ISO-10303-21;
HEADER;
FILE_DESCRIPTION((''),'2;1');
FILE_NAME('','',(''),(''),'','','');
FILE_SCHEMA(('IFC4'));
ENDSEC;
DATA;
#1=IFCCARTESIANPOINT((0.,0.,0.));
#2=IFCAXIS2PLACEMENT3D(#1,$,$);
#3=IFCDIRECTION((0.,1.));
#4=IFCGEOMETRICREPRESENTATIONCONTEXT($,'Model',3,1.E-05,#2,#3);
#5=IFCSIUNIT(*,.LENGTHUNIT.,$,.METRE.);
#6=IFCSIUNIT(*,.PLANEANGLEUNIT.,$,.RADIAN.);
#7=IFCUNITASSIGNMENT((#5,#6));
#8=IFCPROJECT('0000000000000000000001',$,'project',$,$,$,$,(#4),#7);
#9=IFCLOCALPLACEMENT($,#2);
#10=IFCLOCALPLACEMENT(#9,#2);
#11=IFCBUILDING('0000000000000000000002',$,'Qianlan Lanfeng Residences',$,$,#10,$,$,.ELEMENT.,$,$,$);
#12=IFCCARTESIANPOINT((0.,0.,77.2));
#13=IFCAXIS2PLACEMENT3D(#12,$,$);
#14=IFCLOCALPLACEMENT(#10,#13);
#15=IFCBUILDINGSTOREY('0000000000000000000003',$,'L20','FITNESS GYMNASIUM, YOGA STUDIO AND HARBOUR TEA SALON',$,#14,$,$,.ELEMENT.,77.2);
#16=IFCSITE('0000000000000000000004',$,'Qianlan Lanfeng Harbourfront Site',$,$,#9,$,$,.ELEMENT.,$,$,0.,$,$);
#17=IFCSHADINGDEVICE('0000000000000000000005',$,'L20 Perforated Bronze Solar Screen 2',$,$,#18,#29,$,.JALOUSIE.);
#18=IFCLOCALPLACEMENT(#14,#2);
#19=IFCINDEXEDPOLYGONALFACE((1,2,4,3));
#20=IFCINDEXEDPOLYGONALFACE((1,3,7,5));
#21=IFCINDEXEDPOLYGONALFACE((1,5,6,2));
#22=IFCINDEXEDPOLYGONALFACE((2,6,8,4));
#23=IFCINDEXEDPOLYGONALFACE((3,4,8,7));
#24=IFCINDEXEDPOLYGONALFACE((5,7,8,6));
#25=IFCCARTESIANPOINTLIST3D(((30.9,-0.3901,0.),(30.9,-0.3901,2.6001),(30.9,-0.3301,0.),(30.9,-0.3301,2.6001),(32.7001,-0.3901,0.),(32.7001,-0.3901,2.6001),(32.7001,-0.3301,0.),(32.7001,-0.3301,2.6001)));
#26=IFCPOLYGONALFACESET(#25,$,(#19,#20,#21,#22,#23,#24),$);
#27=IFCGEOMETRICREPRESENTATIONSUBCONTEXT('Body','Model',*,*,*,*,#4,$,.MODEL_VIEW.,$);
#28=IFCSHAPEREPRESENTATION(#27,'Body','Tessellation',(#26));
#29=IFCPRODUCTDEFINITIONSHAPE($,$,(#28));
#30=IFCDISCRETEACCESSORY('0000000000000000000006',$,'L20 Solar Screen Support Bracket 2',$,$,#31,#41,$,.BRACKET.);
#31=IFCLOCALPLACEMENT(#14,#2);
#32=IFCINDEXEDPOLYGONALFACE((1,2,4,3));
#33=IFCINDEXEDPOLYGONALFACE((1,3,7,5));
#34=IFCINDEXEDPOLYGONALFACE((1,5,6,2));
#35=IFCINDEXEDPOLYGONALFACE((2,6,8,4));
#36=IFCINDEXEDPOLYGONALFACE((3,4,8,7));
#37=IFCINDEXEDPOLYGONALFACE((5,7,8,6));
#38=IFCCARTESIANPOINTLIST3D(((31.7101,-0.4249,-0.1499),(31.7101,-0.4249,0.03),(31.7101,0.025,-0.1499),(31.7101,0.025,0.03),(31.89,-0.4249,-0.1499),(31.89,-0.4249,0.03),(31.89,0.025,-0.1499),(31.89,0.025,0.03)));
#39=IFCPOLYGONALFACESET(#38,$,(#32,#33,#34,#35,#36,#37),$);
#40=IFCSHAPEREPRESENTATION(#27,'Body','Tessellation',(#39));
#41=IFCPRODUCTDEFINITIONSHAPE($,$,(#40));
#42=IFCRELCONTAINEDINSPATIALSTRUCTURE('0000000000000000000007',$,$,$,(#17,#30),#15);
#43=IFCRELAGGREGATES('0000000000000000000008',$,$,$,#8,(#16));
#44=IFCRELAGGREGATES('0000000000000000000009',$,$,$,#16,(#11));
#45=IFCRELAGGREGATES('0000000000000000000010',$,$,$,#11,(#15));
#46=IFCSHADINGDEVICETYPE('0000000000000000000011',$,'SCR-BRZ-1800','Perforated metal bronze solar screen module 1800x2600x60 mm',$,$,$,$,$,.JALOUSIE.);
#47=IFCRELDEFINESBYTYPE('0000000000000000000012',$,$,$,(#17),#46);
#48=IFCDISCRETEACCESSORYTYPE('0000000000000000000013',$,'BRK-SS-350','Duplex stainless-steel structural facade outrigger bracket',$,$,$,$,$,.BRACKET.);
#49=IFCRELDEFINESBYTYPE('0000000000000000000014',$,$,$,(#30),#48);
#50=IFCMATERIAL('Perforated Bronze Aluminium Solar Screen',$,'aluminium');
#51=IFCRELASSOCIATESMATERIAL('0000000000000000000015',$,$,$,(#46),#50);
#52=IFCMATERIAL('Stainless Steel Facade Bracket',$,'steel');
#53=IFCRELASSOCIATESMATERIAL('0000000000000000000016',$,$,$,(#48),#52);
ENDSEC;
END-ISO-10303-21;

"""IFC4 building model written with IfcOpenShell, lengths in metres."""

from ifc_helpers import new_model, si_unit, direction, frame, origin, origin_2d, place, context, subcontext, project, spatial, rectangle, extrude, source, transform, mapped, material, type_object, element, save


model = new_model("IFC4")

# Units and contexts
model_context = context("Model", 3, precision=1e-05, world=origin(), true_north=direction((0.0, 1.0)))
body_context = subcontext(model_context, "Body", "Model", "MODEL_VIEW")
ifc_project = project(units=[si_unit("LENGTHUNIT", "METRE"), si_unit("PLANEANGLEUNIT", "RADIAN")], contexts=[model_context])

# Site, building, storey
site_placement = place(None, origin())
site = spatial("IfcSite", under=ifc_project, at=site_placement, Name="Qianlan Lanfeng Harbourfront Site", CompositionType="ELEMENT", RefElevation=0.0)
building_placement = place(site_placement, origin())
building = spatial("IfcBuilding", under=site, at=building_placement, Name="Qianlan Lanfeng Residences", CompositionType="ELEMENT")
storey_placement = place(building_placement, frame((0.0, 0.0, 77.2)))
storey = spatial("IfcBuildingStorey", under=building, at=storey_placement, Name="L20", Description="FITNESS GYMNASIUM, YOGA STUDIO AND HARBOUR TEA SALON", CompositionType="ELEMENT", Elevation=77.2)

# Shading device
ifc_material_1 = material(Name="Perforated Bronze Aluminium Solar Screen", Category="aluminium")
shading_device_type = type_object("IfcShadingDeviceType", Name="SCR-BRZ-1800", Description="Perforated metal bronze solar screen module 1800x2600x60 mm", PredefinedType="JALOUSIE", material=ifc_material_1)
shared_shape_1 = source(origin(), body_context, "Body", "SweptSolid", [
    extrude(rectangle(XDim=1.8, YDim=0.0601, at=origin_2d()), origin(), (0.0, 0.0, 1.0), 2.6001),
])
shading_device_placement = place(storey_placement, frame((31.8, -0.3601, 0.0), z_axis=(0.0, 0.0, 1.0), x_axis=(1.0, 0.0, 0.0)))
element("IfcShadingDevice", 1, at=shading_device_placement, inside=storey, type_object=shading_device_type, Name="L20 Perforated Bronze Solar Screen 2", PredefinedType="JALOUSIE", context=body_context, shape_type="MappedRepresentation", body=[
    mapped(shared_shape_1, transform((0.0, 0.0, 0.0), scale=1.0)),
])

# Discrete accessory
ifc_material_2 = material(Name="Stainless Steel Facade Bracket", Category="steel")
discrete_accessory_type = type_object("IfcDiscreteAccessoryType", Name="BRK-SS-350", Description="Duplex stainless-steel structural facade outrigger bracket", PredefinedType="BRACKET", material=ifc_material_2)
shared_shape_2 = source(origin(), body_context, "Body", "SweptSolid", [
    extrude(rectangle(XDim=0.1799, YDim=0.45, at=origin_2d()), origin(), (0.0, 0.0, 1.0), 0.1799),
])
discrete_accessory_placement = place(storey_placement, frame((31.8, -0.2, -0.1499), z_axis=(0.0, 0.0, 1.0), x_axis=(1.0, 0.0, 0.0)))
element("IfcDiscreteAccessory", 2, at=discrete_accessory_placement, inside=storey, type_object=discrete_accessory_type, Name="L20 Solar Screen Support Bracket 2", PredefinedType="BRACKET", context=body_context, shape_type="MappedRepresentation", body=[
    mapped(shared_shape_2, transform((0.0, 0.0, 0.0), scale=1.0)),
])

save(model, "model.ifc")
